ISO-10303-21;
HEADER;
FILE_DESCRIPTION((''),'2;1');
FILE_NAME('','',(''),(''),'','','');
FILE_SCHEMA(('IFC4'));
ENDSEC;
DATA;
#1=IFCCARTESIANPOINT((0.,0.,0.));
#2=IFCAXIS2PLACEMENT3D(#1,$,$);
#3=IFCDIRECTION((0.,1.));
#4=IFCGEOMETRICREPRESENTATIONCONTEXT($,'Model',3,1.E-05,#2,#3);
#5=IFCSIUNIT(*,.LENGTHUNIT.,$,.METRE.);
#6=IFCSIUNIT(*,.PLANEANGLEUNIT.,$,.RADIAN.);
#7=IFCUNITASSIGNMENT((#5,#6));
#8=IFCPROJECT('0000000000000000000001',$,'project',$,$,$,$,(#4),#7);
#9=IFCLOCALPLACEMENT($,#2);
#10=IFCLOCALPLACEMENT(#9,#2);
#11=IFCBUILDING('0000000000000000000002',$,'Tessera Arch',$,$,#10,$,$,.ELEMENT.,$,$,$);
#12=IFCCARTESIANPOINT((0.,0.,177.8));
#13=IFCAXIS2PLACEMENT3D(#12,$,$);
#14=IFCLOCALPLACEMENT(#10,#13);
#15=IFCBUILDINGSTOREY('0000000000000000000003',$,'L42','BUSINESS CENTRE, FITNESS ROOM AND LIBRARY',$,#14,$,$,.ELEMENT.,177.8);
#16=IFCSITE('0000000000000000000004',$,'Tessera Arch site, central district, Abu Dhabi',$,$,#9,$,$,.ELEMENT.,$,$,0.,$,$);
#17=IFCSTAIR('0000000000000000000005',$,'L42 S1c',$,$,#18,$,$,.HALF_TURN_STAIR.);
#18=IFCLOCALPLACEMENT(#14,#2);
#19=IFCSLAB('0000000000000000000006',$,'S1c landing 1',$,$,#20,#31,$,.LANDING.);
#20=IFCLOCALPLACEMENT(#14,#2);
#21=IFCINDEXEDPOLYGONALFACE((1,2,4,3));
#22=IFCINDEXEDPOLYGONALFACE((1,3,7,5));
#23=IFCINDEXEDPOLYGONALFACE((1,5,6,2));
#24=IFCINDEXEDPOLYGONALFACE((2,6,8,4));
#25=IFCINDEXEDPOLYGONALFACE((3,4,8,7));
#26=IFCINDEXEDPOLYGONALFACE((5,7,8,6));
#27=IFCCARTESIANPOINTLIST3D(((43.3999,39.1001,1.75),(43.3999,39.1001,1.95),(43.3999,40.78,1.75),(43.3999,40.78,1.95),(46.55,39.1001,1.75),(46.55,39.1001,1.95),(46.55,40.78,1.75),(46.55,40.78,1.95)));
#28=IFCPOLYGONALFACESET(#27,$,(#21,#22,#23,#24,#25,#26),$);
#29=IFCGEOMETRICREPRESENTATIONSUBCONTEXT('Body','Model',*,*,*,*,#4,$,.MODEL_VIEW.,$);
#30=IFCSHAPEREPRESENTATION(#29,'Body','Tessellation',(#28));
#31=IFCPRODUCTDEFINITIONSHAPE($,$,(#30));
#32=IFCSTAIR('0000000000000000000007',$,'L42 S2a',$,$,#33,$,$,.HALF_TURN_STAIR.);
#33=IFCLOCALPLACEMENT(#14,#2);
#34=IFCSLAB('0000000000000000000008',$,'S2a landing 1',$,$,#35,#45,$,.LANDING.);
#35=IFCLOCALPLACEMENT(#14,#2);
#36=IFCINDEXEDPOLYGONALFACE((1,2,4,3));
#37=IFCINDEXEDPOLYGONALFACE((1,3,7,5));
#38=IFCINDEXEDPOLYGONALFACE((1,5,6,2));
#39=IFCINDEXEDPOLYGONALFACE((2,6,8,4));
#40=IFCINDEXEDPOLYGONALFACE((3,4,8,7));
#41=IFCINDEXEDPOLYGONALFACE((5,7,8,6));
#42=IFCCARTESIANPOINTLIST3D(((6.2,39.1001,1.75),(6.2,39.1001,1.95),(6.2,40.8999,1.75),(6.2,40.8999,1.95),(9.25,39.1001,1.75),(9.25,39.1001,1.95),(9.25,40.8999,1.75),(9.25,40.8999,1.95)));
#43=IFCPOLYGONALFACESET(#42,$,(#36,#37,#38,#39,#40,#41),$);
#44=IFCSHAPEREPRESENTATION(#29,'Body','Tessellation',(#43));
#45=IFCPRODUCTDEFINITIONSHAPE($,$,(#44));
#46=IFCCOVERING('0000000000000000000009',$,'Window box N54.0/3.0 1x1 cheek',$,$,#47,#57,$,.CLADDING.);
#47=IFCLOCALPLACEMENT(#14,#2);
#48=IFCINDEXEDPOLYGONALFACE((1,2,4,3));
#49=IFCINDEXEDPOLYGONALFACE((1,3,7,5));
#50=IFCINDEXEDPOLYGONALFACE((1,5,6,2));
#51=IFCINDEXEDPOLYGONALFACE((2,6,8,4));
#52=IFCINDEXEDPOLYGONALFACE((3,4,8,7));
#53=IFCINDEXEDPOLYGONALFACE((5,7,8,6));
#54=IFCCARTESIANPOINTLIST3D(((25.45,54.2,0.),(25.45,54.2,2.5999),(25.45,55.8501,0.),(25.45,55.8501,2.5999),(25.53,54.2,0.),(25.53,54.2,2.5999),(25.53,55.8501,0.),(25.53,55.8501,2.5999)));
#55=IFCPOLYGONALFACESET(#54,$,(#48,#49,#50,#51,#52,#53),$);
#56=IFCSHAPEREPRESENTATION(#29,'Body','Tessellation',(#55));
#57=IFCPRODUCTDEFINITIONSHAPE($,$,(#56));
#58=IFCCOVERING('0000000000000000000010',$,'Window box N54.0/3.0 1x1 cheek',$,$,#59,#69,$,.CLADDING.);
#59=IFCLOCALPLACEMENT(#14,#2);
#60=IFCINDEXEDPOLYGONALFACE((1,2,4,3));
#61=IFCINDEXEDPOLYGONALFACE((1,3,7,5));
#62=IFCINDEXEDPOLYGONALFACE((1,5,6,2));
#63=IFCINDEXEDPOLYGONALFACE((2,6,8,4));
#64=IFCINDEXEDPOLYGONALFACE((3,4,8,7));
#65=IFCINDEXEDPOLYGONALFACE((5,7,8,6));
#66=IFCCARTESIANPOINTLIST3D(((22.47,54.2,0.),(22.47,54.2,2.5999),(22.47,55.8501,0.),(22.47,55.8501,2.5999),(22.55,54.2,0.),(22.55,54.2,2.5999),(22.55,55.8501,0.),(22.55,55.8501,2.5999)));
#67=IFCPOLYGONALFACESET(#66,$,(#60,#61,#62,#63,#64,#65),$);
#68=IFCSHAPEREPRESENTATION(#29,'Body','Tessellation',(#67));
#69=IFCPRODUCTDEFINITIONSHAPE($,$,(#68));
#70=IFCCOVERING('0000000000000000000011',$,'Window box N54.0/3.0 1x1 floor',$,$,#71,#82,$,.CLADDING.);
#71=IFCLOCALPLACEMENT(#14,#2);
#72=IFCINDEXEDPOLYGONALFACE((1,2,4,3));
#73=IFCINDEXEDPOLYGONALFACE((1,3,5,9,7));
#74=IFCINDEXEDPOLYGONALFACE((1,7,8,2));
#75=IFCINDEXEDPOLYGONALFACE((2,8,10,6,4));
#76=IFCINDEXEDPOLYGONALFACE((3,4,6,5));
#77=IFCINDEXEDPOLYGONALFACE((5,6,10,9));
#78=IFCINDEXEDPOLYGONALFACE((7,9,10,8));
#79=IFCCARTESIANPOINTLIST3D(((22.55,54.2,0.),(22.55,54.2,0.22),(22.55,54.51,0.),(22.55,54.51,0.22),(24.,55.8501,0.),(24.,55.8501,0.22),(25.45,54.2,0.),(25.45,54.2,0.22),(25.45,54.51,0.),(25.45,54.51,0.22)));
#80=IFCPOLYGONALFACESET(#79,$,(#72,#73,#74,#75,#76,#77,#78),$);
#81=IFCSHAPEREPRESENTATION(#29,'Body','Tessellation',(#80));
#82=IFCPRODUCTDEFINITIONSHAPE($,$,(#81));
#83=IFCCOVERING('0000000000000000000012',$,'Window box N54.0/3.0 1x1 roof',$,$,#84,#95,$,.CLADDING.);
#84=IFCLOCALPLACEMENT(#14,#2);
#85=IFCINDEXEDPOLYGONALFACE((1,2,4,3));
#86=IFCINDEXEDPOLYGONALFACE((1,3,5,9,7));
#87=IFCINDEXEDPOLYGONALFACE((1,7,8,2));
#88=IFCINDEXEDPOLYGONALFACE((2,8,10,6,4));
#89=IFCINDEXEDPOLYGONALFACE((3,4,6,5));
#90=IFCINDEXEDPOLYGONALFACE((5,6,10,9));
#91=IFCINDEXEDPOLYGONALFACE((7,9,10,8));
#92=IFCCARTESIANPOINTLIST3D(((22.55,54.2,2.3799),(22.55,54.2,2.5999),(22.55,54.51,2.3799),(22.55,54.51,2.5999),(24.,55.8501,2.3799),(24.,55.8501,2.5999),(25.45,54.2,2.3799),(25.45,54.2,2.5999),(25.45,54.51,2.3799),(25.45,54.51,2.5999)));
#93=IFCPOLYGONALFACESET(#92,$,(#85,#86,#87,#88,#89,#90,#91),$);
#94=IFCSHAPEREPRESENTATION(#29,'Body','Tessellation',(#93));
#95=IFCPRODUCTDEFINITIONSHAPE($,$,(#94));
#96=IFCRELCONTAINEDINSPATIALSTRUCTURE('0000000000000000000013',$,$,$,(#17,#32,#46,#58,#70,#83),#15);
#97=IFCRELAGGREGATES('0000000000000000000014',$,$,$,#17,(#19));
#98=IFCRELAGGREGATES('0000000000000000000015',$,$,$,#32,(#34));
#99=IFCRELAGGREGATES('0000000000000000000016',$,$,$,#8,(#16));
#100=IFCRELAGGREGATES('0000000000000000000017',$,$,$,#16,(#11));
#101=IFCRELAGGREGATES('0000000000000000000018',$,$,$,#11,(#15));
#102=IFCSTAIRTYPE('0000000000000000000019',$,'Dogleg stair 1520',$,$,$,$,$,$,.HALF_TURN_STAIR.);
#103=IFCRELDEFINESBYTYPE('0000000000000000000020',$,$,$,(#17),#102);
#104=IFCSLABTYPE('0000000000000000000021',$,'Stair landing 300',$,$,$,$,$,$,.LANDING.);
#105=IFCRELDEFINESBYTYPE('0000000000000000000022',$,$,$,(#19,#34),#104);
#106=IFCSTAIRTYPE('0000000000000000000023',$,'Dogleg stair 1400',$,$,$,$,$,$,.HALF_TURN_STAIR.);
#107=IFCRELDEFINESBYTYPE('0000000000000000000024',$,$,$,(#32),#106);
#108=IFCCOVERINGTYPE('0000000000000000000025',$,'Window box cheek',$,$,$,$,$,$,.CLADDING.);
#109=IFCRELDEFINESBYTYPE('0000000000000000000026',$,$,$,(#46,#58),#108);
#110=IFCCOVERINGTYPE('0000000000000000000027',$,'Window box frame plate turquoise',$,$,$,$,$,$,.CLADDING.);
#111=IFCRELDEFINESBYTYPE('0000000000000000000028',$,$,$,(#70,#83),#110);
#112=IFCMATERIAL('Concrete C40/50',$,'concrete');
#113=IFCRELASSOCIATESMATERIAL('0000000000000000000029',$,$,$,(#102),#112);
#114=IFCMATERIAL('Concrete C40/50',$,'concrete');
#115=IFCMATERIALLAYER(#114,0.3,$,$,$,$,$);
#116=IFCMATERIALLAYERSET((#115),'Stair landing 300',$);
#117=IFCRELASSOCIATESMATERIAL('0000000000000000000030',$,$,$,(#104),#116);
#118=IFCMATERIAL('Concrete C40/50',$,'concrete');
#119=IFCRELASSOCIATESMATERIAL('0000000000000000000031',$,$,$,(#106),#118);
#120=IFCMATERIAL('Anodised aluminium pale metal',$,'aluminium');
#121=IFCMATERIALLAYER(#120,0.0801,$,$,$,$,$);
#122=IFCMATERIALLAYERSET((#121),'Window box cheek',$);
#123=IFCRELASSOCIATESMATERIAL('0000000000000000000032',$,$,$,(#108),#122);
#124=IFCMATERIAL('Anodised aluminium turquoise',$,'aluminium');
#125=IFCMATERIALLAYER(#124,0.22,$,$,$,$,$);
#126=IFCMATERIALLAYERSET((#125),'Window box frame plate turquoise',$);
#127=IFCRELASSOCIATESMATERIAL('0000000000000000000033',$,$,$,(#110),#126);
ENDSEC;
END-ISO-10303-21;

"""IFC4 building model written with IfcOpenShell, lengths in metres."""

from ifc_helpers import new_model, si_unit, direction, frame, origin, place, context, subcontext, project, spatial, polyline, outline, extrude, material, layer, layer_set, type_object, element, aggregate, save


model = new_model("IFC4")

# Units and contexts
model_context = context("Model", 3, precision=1e-05, world=origin(), true_north=direction((0.0, 1.0)))
body_context = subcontext(model_context, "Body", "Model", "MODEL_VIEW")
ifc_project = project(units=[si_unit("LENGTHUNIT", "METRE"), si_unit("PLANEANGLEUNIT", "RADIAN")], contexts=[model_context])

# Site, building, storey
site_placement = place(None, origin())
site = spatial("IfcSite", under=ifc_project, at=site_placement, Name="Tessera Arch site, central district, Abu Dhabi", CompositionType="ELEMENT", RefElevation=0.0)
building_placement = place(site_placement, origin())
building = spatial("IfcBuilding", under=site, at=building_placement, Name="Tessera Arch", CompositionType="ELEMENT")
storey_placement = place(building_placement, frame((0.0, 0.0, 177.8)))
storey = spatial("IfcBuildingStorey", under=building, at=storey_placement, Name="L42", Description="BUSINESS CENTRE, FITNESS ROOM AND LIBRARY", CompositionType="ELEMENT", Elevation=177.8)

# Stairs, slabs
ifc_material_1 = material(Name="Concrete C40/50", Category="concrete")
stair_type_1 = type_object("IfcStairType", Name="Dogleg stair 1520", PredefinedType="HALF_TURN_STAIR", material=ifc_material_1)
ifc_material_2 = material(Name="Concrete C40/50", Category="concrete")
ifc_layer_1 = layer(ifc_material_2, 0.3)
ifc_layer_set_1 = layer_set([ifc_layer_1], Name="Stair landing 300")
slab_type_1 = type_object("IfcSlabType", Name="Stair landing 300", PredefinedType="LANDING", material=ifc_layer_set_1)
stair_1_placement = place(storey_placement, origin())
stair_1 = element("IfcStair", 1, at=stair_1_placement, inside=storey, type_object=stair_type_1, Name="L42 S1c", PredefinedType="HALF_TURN_STAIR")
slab_1_placement = place(storey_placement, frame((0.0, 0.0, 1.75)))
slab_1 = element("IfcSlab", 2, at=slab_1_placement, type_object=slab_type_1, Name="S1c landing 1", PredefinedType="LANDING", context=body_context, shape_type="SweptSolid", body=[
    extrude(outline(polyline([(43.3999, 40.78), (43.3999, 39.1001), (46.55, 39.1001), (46.55, 40.78), (43.3999, 40.78)])), origin(), (0.0, 0.0, 1.0), 0.2),
])
aggregate(stair_1, [slab_1])
ifc_material_3 = material(Name="Concrete C40/50", Category="concrete")
stair_type_2 = type_object("IfcStairType", Name="Dogleg stair 1400", PredefinedType="HALF_TURN_STAIR", material=ifc_material_3)
stair_2_placement = place(storey_placement, origin())
stair_2 = element("IfcStair", 3, at=stair_2_placement, inside=storey, type_object=stair_type_2, Name="L42 S2a", PredefinedType="HALF_TURN_STAIR")
slab_2_placement = place(storey_placement, frame((0.0, 0.0, 1.75)))
slab_2 = element("IfcSlab", 4, at=slab_2_placement, type_object=slab_type_1, Name="S2a landing 1", PredefinedType="LANDING", context=body_context, shape_type="SweptSolid", body=[
    extrude(outline(polyline([(6.2, 40.8999), (6.2, 39.1001), (9.25, 39.1001), (9.25, 40.8999), (6.2, 40.8999)])), origin(), (0.0, 0.0, 1.0), 0.2),
])
aggregate(stair_2, [slab_2])

# Coverings
ifc_material_4 = material(Name="Anodised aluminium pale metal", Category="aluminium")
ifc_layer_2 = layer(ifc_material_4, 0.0801)
ifc_layer_set_2 = layer_set([ifc_layer_2], Name="Window box cheek")
covering_type_1 = type_object("IfcCoveringType", Name="Window box cheek", PredefinedType="CLADDING", material=ifc_layer_set_2)
covering_1_placement = place(storey_placement, origin())
element("IfcCovering", 5, at=covering_1_placement, inside=storey, type_object=covering_type_1, Name="Window box N54.0/3.0 1x1 cheek", PredefinedType="CLADDING", context=body_context, shape_type="SweptSolid", body=[
    extrude(outline(polyline([(25.53, 55.8501), (25.45, 55.8501), (25.45, 54.2), (25.53, 54.2), (25.53, 55.8501)])), origin(), (0.0, 0.0, 1.0), 2.5999),
])
covering_2_placement = place(storey_placement, origin())
element("IfcCovering", 6, at=covering_2_placement, inside=storey, type_object=covering_type_1, Name="Window box N54.0/3.0 1x1 cheek", PredefinedType="CLADDING", context=body_context, shape_type="SweptSolid", body=[
    extrude(outline(polyline([(22.55, 55.8501), (22.47, 55.8501), (22.47, 54.2), (22.55, 54.2), (22.55, 55.8501)])), origin(), (0.0, 0.0, 1.0), 2.5999),
])
ifc_material_5 = material(Name="Anodised aluminium turquoise", Category="aluminium")
ifc_layer_3 = layer(ifc_material_5, 0.22)
ifc_layer_set_3 = layer_set([ifc_layer_3], Name="Window box frame plate turquoise")
covering_type_2 = type_object("IfcCoveringType", Name="Window box frame plate turquoise", PredefinedType="CLADDING", material=ifc_layer_set_3)
for number, where, name in (
    (7, (0.0, 0.0, 0.0), "Window box N54.0/3.0 1x1 floor"),
    (8, (0.0, 0.0, 2.3799), "Window box N54.0/3.0 1x1 roof"),
):
    element("IfcCovering", number, at=place(storey_placement, frame(where)), inside=storey, type_object=covering_type_2, Name=name, PredefinedType="CLADDING", context=body_context, shape_type="SweptSolid", body=[
        extrude(outline(polyline([(25.45, 54.51), (24.0, 55.8501), (22.55, 54.51), (22.55, 54.2), (25.45, 54.2), (25.45, 54.51)])), origin(), (0.0, 0.0, 1.0), 0.22),
    ])

save(model, "model.ifc")
